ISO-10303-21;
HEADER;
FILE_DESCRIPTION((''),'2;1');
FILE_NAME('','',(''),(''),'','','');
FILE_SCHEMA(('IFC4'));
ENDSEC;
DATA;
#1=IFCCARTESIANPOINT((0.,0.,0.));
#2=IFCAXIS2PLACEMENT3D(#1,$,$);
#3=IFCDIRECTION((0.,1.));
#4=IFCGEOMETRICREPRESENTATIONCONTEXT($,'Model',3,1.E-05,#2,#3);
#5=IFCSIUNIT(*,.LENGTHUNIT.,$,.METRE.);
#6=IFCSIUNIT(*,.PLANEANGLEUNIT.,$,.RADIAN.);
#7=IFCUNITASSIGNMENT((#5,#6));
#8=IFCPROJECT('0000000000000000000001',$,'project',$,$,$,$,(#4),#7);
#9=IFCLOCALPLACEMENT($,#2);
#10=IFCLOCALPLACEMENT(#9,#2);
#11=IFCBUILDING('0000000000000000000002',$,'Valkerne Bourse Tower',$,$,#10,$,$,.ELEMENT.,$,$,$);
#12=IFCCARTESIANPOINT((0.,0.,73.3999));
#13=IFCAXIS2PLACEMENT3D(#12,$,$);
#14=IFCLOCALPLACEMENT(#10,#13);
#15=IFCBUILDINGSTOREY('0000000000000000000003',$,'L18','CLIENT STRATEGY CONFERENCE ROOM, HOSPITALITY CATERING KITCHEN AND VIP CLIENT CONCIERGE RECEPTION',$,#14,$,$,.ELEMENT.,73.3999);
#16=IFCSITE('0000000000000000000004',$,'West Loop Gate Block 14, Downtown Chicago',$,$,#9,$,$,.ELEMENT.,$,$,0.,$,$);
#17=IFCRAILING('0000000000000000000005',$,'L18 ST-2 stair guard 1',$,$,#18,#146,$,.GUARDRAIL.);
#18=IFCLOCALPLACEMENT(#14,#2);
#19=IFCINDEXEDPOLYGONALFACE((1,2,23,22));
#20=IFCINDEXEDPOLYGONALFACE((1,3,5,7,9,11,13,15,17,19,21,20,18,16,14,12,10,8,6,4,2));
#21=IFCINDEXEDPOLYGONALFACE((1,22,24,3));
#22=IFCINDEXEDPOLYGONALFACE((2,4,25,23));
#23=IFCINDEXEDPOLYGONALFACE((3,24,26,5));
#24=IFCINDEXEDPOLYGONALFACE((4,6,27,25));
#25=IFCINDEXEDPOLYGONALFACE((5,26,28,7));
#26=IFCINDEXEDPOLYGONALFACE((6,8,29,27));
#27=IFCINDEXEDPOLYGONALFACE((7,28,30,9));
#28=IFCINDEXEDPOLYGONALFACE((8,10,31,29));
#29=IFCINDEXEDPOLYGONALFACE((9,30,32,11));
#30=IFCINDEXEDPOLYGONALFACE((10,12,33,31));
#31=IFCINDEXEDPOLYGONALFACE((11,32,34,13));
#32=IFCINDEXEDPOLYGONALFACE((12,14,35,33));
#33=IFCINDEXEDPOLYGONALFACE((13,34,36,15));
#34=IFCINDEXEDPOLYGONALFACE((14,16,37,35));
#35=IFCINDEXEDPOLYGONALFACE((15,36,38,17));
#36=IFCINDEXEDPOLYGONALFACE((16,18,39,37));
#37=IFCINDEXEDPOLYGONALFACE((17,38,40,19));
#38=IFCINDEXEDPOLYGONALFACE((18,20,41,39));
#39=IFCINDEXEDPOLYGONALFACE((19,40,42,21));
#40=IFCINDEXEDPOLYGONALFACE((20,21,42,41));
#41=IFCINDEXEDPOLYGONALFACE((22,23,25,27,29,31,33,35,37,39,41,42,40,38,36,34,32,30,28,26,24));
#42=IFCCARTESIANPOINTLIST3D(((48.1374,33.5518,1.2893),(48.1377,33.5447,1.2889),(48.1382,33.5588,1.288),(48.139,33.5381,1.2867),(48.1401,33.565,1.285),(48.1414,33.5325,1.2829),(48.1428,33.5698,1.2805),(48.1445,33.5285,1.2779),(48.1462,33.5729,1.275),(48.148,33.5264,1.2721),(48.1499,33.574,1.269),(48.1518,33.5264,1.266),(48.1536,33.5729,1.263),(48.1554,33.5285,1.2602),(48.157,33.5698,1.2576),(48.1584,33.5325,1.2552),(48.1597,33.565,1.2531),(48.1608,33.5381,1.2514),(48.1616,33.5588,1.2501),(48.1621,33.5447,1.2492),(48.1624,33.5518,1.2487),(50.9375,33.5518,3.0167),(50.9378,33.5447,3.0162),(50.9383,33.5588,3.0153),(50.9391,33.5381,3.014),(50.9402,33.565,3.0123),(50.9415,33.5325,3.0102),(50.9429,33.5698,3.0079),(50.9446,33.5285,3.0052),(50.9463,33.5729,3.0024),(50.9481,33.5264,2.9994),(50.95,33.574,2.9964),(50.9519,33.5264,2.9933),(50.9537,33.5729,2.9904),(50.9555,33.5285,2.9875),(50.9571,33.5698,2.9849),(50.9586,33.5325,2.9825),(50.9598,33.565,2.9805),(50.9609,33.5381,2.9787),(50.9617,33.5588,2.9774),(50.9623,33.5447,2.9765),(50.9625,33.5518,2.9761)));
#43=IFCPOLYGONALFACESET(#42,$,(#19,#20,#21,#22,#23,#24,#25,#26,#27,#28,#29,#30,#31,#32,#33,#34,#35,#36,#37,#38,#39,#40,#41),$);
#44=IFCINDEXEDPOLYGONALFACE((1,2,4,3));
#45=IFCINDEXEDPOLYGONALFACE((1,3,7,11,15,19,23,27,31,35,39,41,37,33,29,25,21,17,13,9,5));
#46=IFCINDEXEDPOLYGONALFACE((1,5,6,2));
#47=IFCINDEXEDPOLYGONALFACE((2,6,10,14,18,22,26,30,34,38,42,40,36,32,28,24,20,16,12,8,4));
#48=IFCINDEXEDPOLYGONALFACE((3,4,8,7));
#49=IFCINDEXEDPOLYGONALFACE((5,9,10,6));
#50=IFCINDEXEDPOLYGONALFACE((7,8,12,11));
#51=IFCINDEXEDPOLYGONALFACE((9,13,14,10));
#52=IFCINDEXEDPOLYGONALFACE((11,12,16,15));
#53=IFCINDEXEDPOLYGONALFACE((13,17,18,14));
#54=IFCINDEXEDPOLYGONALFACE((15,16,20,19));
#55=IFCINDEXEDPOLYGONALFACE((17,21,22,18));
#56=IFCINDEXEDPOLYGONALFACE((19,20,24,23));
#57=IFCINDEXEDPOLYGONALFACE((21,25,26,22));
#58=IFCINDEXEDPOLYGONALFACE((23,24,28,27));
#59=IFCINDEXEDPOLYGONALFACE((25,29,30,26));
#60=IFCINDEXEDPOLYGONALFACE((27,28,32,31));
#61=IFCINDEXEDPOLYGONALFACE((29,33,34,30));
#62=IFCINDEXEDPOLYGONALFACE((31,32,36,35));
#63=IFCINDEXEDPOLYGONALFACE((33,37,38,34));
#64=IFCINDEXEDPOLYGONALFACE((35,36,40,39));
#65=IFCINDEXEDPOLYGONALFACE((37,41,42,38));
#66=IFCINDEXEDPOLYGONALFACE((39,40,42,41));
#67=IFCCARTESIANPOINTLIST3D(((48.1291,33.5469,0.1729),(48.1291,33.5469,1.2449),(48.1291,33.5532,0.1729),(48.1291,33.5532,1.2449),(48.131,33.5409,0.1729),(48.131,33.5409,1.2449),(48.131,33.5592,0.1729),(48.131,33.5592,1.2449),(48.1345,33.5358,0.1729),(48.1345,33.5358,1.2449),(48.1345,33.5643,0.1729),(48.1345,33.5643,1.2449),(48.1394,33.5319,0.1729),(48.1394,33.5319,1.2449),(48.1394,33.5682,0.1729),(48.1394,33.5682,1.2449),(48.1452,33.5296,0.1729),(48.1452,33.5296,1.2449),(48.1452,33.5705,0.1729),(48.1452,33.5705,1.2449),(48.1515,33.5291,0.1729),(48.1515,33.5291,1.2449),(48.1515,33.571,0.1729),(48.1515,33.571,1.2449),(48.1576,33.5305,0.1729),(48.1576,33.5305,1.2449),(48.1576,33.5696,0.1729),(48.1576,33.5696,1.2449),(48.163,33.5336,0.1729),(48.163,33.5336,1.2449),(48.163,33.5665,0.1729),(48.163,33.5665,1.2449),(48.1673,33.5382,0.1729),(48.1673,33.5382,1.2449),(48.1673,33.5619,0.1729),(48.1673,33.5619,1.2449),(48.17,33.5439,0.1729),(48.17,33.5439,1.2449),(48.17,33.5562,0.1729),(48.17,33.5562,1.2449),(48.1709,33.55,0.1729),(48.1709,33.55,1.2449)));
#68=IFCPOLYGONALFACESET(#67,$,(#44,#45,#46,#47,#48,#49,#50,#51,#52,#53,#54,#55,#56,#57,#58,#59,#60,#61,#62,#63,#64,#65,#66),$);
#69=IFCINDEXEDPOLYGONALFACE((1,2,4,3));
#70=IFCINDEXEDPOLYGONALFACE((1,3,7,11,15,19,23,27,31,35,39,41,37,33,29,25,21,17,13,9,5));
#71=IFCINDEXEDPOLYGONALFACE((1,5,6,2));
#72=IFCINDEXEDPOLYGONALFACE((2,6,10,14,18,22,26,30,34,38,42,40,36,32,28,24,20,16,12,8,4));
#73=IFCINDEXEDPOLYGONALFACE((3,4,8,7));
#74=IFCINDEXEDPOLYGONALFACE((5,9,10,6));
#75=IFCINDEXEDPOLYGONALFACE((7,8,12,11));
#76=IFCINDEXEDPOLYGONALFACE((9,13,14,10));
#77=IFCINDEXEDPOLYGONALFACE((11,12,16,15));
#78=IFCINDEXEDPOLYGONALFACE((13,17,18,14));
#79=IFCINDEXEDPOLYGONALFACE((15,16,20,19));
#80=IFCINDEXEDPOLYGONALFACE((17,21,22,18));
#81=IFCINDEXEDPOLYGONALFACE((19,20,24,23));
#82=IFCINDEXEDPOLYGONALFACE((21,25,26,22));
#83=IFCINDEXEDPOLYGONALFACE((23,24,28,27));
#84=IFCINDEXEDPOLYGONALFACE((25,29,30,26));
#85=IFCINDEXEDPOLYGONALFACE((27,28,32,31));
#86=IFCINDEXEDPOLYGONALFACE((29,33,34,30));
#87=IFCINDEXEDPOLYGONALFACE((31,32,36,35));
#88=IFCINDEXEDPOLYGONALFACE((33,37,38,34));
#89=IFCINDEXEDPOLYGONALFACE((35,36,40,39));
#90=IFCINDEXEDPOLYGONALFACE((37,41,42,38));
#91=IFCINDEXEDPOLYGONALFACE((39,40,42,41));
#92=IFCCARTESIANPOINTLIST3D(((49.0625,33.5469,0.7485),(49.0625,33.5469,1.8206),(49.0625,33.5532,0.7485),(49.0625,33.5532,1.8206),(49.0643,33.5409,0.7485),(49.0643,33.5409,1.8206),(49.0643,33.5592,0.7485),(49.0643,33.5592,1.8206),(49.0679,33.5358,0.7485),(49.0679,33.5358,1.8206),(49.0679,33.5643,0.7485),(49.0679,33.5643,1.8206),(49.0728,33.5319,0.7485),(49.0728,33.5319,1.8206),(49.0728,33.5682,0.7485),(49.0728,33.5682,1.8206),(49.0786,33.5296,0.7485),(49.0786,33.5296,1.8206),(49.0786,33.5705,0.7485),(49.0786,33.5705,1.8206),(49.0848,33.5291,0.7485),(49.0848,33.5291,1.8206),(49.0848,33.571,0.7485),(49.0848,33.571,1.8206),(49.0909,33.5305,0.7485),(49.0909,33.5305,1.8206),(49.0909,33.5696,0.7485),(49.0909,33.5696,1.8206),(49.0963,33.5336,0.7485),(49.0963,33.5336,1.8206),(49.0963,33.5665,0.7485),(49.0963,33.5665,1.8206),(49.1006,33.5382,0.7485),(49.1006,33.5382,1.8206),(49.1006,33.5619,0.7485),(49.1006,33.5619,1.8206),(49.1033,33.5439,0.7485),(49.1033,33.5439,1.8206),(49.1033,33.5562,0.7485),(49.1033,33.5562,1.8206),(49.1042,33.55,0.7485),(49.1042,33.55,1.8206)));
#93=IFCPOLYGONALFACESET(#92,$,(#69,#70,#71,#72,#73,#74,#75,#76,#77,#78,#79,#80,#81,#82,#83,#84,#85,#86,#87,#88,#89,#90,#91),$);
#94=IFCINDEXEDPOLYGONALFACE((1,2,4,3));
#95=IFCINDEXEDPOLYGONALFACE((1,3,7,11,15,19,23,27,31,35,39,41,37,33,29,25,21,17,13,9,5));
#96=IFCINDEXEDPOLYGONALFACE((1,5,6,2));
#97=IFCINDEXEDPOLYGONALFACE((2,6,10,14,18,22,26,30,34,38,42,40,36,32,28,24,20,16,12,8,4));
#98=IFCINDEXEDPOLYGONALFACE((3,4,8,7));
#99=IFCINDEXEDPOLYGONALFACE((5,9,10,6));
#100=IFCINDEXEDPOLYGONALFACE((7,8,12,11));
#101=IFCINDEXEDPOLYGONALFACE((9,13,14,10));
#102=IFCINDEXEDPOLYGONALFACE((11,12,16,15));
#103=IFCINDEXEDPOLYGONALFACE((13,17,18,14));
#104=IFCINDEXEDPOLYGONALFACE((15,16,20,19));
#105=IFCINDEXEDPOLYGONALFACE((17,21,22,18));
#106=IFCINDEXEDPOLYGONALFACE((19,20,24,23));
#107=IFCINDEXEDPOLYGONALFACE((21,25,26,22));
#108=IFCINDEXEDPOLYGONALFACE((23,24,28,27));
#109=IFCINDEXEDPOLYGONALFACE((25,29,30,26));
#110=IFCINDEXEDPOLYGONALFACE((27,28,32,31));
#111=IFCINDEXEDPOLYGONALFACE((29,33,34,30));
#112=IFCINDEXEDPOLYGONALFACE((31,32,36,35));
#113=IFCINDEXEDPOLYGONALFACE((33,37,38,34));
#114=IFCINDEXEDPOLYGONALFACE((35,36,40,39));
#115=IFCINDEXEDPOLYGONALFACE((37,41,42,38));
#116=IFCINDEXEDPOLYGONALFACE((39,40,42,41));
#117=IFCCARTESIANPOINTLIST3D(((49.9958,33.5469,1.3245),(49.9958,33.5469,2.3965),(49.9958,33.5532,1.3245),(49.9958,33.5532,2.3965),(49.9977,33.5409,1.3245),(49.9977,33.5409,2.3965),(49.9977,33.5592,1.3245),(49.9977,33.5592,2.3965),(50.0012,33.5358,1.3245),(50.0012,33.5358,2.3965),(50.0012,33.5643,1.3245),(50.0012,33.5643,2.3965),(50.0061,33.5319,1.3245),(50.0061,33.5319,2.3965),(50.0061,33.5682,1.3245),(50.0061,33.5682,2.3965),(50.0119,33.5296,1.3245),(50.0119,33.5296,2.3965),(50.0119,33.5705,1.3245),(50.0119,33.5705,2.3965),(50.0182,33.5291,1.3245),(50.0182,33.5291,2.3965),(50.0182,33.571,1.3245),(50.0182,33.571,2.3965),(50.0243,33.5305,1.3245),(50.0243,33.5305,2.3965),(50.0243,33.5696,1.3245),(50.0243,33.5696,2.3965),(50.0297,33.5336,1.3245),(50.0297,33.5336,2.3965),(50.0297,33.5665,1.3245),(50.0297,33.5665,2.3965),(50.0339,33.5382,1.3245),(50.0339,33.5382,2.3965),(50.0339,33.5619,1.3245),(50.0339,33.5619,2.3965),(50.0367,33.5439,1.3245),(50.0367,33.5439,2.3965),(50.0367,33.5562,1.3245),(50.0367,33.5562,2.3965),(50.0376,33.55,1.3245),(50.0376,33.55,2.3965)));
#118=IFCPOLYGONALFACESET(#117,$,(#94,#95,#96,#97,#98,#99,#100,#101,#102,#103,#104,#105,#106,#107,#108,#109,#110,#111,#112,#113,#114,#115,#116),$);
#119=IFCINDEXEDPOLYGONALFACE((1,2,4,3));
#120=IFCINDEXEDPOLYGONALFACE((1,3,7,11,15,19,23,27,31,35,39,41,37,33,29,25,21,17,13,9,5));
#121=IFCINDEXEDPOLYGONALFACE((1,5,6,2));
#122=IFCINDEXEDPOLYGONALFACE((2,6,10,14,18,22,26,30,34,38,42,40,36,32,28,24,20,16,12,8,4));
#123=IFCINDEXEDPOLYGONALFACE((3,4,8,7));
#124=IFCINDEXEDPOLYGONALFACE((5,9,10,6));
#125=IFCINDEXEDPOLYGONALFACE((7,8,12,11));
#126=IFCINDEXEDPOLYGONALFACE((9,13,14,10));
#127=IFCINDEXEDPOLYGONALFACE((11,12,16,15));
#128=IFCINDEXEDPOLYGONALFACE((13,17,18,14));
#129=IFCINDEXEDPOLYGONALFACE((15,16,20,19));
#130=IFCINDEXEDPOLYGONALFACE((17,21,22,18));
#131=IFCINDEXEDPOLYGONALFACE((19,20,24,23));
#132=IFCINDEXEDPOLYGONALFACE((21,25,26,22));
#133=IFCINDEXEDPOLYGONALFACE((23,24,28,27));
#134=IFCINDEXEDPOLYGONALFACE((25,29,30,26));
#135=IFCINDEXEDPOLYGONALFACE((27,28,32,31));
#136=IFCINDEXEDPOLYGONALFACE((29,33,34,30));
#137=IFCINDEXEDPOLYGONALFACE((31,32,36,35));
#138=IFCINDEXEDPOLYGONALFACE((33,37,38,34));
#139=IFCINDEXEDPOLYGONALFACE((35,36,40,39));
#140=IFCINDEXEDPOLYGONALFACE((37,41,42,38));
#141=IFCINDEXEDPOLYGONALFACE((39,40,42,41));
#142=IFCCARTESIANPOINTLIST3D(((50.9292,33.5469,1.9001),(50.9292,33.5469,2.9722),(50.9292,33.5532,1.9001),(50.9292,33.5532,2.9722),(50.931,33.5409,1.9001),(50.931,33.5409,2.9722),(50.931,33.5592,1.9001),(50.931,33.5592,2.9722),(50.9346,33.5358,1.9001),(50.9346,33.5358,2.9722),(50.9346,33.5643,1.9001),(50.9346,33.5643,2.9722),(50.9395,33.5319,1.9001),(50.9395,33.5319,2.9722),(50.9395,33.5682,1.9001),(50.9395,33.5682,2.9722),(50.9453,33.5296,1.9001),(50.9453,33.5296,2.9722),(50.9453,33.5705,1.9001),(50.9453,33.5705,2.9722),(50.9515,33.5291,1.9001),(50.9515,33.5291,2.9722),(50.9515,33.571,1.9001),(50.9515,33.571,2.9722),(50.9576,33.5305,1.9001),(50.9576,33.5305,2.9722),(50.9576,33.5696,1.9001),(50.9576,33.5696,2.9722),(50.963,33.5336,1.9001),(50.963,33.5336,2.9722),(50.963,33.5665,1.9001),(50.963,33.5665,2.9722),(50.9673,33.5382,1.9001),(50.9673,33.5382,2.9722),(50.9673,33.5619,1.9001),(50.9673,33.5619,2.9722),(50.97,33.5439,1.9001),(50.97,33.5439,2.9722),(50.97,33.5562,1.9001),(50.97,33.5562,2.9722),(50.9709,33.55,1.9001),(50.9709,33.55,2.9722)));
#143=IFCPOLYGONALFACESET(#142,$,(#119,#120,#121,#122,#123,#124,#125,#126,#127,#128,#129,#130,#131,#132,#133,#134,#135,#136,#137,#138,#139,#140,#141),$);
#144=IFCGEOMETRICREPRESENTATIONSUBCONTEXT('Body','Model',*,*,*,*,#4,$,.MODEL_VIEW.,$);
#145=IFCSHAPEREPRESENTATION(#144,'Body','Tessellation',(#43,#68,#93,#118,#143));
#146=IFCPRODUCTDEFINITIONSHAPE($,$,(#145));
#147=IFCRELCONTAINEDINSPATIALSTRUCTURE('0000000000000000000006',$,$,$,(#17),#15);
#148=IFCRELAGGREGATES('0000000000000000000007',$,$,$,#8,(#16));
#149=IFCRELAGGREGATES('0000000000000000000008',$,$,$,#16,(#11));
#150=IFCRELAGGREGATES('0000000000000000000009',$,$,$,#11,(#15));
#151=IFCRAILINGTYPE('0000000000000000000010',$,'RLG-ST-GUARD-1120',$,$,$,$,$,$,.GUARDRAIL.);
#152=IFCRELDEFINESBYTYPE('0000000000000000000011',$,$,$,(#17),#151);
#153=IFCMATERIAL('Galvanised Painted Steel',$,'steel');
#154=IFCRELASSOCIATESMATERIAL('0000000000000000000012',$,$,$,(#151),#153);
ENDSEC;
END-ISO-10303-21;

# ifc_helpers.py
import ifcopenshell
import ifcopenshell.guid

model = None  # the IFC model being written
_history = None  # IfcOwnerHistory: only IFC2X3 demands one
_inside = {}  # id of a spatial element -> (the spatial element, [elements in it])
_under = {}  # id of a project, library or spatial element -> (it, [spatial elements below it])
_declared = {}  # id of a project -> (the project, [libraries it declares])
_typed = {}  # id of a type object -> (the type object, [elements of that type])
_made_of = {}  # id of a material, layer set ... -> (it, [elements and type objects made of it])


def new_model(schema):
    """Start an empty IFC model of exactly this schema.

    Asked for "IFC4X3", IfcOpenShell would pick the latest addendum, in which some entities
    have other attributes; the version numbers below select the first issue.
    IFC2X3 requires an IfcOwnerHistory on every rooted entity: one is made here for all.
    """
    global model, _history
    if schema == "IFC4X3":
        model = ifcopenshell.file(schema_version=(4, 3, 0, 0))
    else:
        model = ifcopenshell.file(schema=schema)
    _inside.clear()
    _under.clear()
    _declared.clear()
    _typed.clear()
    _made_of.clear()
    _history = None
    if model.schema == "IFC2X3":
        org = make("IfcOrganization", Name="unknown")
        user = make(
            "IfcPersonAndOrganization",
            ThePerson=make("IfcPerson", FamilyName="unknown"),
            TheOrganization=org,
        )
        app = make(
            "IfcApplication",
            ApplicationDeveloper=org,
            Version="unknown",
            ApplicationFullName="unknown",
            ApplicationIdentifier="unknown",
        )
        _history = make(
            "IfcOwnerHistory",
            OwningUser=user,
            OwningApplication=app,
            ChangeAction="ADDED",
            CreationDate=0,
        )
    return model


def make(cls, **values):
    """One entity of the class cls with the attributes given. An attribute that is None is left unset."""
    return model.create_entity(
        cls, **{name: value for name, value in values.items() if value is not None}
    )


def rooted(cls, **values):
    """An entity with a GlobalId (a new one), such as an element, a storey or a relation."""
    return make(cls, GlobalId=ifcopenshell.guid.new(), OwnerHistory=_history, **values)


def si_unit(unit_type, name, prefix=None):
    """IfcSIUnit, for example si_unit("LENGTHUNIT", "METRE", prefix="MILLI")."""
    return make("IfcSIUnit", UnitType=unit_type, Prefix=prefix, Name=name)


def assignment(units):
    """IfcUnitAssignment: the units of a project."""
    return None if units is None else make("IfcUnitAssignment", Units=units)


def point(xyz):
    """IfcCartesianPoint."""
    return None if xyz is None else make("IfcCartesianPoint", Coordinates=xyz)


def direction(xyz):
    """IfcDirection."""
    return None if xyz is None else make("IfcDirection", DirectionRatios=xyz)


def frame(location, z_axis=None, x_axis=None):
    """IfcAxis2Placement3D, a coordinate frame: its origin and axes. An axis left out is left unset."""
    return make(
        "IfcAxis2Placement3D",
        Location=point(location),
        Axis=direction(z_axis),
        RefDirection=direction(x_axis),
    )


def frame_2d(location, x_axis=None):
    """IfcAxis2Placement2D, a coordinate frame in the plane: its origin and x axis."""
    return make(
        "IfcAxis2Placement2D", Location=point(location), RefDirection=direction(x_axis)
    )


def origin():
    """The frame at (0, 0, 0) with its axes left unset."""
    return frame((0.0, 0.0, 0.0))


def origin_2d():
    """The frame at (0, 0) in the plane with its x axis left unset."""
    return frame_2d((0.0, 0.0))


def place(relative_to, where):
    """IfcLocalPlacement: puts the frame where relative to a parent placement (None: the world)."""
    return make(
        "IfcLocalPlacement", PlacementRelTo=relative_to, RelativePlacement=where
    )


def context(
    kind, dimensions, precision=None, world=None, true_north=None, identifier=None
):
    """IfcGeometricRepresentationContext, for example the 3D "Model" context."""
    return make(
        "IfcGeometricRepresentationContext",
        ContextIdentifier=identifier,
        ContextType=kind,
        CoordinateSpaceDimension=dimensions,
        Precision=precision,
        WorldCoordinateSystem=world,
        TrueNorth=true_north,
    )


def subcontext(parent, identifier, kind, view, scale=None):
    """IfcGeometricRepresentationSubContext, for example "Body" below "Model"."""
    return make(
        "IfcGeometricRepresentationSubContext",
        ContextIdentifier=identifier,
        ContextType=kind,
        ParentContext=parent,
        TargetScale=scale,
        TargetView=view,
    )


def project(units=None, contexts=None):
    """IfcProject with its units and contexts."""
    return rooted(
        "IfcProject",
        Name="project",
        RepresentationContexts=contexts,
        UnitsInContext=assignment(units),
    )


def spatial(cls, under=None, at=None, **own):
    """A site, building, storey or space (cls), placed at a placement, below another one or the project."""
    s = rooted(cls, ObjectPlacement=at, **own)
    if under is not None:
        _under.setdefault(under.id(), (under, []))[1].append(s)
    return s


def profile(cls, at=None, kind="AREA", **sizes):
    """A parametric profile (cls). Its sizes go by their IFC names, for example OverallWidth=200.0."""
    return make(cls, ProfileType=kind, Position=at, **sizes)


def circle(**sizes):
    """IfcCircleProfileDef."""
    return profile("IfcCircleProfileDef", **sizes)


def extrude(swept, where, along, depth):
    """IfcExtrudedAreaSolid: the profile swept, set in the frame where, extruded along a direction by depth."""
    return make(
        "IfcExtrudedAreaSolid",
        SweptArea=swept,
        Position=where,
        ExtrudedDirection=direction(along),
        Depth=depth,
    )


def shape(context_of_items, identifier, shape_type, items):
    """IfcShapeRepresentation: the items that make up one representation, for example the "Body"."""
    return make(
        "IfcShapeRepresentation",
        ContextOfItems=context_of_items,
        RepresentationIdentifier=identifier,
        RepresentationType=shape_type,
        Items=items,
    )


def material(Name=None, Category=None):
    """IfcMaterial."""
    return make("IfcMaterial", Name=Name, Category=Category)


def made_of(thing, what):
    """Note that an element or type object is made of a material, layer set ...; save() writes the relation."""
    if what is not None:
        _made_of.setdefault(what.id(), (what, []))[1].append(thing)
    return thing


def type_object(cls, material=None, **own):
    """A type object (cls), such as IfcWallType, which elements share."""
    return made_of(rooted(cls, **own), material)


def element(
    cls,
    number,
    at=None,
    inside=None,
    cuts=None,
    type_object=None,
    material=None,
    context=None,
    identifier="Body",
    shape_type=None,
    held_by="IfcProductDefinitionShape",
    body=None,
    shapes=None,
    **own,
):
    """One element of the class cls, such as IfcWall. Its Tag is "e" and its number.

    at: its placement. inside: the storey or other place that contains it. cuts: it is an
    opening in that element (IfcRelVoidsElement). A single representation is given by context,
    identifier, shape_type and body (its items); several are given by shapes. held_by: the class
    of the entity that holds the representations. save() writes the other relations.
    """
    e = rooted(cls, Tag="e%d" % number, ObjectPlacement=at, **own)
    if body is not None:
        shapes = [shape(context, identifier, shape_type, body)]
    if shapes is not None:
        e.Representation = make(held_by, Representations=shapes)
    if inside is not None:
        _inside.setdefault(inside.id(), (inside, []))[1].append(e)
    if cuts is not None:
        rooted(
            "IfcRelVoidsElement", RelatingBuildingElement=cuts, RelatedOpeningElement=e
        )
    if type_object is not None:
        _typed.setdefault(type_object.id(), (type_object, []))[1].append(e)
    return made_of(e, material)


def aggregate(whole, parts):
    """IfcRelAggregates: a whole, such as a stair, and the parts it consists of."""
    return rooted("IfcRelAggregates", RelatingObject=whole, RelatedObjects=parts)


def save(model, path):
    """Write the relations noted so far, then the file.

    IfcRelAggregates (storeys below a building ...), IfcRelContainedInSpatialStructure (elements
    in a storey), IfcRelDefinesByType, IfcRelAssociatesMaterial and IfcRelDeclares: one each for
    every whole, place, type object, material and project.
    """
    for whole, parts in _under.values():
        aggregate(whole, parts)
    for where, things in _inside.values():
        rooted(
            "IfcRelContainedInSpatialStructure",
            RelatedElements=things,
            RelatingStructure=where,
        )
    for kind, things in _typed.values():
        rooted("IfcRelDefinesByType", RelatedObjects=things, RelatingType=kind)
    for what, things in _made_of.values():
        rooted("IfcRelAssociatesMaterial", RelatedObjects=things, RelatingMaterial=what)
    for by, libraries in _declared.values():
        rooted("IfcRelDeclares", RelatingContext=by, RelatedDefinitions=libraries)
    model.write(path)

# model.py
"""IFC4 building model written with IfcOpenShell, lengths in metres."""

from ifc_helpers import new_model, si_unit, direction, frame, origin, origin_2d, place, context, subcontext, project, spatial, circle, extrude, material, type_object, element, save


model = new_model("IFC4")

# Units and contexts
model_context = context("Model", 3, precision=1e-05, world=origin(), true_north=direction((0.0, 1.0)))
body_context = subcontext(model_context, "Body", "Model", "MODEL_VIEW")
ifc_project = project(units=[si_unit("LENGTHUNIT", "METRE"), si_unit("PLANEANGLEUNIT", "RADIAN")], contexts=[model_context])

# Site, building, storey
site_placement = place(None, origin())
site = spatial("IfcSite", under=ifc_project, at=site_placement, Name="West Loop Gate Block 14, Downtown Chicago", CompositionType="ELEMENT", RefElevation=0.0)
building_placement = place(site_placement, origin())
building = spatial("IfcBuilding", under=site, at=building_placement, Name="Valkerne Bourse Tower", CompositionType="ELEMENT")
storey_placement = place(building_placement, frame((0.0, 0.0, 73.3999)))
storey = spatial("IfcBuildingStorey", under=building, at=storey_placement, Name="L18", Description="CLIENT STRATEGY CONFERENCE ROOM, HOSPITALITY CATERING KITCHEN AND VIP CLIENT CONCIERGE RECEPTION", CompositionType="ELEMENT", Elevation=73.3999)

# Shared definitions
ifc_material_1 = material(Name="Galvanised Painted Steel", Category="steel")

# Railing
railing_type_1 = type_object("IfcRailingType", Name="RLG-ST-GUARD-1120", PredefinedType="GUARDRAIL", material=ifc_material_1)
railing_1_placement = place(storey_placement, frame((48.1499, 33.55, 0.1729)))
element("IfcRailing", 1, at=railing_1_placement, inside=storey, type_object=railing_type_1, Name="L18 ST-2 stair guard 1", PredefinedType="GUARDRAIL", context=body_context, shape_type="SweptSolid", body=[
    extrude(circle(Radius=0.0239, at=origin_2d()), frame((0.0, 0.0, 1.0962), z_axis=(0.85109, 0.0, 0.52502), x_axis=(0.0, 1.0, 0.0)), (0.0, 0.0, 1.0), 3.29),
    extrude(circle(Radius=0.021, at=origin_2d()), origin(), (0.0, 0.0, 1.0), 1.072),
    extrude(circle(Radius=0.021, at=origin_2d()), frame((0.9333, 0.0, 0.5757)), (0.0, 0.0, 1.0), 1.072),
    extrude(circle(Radius=0.021, at=origin_2d()), frame((1.8667, 0.0, 1.1516)), (0.0, 0.0, 1.0), 1.072),
    extrude(circle(Radius=0.021, at=origin_2d()), frame((2.8, 0.0, 1.7273)), (0.0, 0.0, 1.0), 1.072),
])

save(model, "model.ifc")
